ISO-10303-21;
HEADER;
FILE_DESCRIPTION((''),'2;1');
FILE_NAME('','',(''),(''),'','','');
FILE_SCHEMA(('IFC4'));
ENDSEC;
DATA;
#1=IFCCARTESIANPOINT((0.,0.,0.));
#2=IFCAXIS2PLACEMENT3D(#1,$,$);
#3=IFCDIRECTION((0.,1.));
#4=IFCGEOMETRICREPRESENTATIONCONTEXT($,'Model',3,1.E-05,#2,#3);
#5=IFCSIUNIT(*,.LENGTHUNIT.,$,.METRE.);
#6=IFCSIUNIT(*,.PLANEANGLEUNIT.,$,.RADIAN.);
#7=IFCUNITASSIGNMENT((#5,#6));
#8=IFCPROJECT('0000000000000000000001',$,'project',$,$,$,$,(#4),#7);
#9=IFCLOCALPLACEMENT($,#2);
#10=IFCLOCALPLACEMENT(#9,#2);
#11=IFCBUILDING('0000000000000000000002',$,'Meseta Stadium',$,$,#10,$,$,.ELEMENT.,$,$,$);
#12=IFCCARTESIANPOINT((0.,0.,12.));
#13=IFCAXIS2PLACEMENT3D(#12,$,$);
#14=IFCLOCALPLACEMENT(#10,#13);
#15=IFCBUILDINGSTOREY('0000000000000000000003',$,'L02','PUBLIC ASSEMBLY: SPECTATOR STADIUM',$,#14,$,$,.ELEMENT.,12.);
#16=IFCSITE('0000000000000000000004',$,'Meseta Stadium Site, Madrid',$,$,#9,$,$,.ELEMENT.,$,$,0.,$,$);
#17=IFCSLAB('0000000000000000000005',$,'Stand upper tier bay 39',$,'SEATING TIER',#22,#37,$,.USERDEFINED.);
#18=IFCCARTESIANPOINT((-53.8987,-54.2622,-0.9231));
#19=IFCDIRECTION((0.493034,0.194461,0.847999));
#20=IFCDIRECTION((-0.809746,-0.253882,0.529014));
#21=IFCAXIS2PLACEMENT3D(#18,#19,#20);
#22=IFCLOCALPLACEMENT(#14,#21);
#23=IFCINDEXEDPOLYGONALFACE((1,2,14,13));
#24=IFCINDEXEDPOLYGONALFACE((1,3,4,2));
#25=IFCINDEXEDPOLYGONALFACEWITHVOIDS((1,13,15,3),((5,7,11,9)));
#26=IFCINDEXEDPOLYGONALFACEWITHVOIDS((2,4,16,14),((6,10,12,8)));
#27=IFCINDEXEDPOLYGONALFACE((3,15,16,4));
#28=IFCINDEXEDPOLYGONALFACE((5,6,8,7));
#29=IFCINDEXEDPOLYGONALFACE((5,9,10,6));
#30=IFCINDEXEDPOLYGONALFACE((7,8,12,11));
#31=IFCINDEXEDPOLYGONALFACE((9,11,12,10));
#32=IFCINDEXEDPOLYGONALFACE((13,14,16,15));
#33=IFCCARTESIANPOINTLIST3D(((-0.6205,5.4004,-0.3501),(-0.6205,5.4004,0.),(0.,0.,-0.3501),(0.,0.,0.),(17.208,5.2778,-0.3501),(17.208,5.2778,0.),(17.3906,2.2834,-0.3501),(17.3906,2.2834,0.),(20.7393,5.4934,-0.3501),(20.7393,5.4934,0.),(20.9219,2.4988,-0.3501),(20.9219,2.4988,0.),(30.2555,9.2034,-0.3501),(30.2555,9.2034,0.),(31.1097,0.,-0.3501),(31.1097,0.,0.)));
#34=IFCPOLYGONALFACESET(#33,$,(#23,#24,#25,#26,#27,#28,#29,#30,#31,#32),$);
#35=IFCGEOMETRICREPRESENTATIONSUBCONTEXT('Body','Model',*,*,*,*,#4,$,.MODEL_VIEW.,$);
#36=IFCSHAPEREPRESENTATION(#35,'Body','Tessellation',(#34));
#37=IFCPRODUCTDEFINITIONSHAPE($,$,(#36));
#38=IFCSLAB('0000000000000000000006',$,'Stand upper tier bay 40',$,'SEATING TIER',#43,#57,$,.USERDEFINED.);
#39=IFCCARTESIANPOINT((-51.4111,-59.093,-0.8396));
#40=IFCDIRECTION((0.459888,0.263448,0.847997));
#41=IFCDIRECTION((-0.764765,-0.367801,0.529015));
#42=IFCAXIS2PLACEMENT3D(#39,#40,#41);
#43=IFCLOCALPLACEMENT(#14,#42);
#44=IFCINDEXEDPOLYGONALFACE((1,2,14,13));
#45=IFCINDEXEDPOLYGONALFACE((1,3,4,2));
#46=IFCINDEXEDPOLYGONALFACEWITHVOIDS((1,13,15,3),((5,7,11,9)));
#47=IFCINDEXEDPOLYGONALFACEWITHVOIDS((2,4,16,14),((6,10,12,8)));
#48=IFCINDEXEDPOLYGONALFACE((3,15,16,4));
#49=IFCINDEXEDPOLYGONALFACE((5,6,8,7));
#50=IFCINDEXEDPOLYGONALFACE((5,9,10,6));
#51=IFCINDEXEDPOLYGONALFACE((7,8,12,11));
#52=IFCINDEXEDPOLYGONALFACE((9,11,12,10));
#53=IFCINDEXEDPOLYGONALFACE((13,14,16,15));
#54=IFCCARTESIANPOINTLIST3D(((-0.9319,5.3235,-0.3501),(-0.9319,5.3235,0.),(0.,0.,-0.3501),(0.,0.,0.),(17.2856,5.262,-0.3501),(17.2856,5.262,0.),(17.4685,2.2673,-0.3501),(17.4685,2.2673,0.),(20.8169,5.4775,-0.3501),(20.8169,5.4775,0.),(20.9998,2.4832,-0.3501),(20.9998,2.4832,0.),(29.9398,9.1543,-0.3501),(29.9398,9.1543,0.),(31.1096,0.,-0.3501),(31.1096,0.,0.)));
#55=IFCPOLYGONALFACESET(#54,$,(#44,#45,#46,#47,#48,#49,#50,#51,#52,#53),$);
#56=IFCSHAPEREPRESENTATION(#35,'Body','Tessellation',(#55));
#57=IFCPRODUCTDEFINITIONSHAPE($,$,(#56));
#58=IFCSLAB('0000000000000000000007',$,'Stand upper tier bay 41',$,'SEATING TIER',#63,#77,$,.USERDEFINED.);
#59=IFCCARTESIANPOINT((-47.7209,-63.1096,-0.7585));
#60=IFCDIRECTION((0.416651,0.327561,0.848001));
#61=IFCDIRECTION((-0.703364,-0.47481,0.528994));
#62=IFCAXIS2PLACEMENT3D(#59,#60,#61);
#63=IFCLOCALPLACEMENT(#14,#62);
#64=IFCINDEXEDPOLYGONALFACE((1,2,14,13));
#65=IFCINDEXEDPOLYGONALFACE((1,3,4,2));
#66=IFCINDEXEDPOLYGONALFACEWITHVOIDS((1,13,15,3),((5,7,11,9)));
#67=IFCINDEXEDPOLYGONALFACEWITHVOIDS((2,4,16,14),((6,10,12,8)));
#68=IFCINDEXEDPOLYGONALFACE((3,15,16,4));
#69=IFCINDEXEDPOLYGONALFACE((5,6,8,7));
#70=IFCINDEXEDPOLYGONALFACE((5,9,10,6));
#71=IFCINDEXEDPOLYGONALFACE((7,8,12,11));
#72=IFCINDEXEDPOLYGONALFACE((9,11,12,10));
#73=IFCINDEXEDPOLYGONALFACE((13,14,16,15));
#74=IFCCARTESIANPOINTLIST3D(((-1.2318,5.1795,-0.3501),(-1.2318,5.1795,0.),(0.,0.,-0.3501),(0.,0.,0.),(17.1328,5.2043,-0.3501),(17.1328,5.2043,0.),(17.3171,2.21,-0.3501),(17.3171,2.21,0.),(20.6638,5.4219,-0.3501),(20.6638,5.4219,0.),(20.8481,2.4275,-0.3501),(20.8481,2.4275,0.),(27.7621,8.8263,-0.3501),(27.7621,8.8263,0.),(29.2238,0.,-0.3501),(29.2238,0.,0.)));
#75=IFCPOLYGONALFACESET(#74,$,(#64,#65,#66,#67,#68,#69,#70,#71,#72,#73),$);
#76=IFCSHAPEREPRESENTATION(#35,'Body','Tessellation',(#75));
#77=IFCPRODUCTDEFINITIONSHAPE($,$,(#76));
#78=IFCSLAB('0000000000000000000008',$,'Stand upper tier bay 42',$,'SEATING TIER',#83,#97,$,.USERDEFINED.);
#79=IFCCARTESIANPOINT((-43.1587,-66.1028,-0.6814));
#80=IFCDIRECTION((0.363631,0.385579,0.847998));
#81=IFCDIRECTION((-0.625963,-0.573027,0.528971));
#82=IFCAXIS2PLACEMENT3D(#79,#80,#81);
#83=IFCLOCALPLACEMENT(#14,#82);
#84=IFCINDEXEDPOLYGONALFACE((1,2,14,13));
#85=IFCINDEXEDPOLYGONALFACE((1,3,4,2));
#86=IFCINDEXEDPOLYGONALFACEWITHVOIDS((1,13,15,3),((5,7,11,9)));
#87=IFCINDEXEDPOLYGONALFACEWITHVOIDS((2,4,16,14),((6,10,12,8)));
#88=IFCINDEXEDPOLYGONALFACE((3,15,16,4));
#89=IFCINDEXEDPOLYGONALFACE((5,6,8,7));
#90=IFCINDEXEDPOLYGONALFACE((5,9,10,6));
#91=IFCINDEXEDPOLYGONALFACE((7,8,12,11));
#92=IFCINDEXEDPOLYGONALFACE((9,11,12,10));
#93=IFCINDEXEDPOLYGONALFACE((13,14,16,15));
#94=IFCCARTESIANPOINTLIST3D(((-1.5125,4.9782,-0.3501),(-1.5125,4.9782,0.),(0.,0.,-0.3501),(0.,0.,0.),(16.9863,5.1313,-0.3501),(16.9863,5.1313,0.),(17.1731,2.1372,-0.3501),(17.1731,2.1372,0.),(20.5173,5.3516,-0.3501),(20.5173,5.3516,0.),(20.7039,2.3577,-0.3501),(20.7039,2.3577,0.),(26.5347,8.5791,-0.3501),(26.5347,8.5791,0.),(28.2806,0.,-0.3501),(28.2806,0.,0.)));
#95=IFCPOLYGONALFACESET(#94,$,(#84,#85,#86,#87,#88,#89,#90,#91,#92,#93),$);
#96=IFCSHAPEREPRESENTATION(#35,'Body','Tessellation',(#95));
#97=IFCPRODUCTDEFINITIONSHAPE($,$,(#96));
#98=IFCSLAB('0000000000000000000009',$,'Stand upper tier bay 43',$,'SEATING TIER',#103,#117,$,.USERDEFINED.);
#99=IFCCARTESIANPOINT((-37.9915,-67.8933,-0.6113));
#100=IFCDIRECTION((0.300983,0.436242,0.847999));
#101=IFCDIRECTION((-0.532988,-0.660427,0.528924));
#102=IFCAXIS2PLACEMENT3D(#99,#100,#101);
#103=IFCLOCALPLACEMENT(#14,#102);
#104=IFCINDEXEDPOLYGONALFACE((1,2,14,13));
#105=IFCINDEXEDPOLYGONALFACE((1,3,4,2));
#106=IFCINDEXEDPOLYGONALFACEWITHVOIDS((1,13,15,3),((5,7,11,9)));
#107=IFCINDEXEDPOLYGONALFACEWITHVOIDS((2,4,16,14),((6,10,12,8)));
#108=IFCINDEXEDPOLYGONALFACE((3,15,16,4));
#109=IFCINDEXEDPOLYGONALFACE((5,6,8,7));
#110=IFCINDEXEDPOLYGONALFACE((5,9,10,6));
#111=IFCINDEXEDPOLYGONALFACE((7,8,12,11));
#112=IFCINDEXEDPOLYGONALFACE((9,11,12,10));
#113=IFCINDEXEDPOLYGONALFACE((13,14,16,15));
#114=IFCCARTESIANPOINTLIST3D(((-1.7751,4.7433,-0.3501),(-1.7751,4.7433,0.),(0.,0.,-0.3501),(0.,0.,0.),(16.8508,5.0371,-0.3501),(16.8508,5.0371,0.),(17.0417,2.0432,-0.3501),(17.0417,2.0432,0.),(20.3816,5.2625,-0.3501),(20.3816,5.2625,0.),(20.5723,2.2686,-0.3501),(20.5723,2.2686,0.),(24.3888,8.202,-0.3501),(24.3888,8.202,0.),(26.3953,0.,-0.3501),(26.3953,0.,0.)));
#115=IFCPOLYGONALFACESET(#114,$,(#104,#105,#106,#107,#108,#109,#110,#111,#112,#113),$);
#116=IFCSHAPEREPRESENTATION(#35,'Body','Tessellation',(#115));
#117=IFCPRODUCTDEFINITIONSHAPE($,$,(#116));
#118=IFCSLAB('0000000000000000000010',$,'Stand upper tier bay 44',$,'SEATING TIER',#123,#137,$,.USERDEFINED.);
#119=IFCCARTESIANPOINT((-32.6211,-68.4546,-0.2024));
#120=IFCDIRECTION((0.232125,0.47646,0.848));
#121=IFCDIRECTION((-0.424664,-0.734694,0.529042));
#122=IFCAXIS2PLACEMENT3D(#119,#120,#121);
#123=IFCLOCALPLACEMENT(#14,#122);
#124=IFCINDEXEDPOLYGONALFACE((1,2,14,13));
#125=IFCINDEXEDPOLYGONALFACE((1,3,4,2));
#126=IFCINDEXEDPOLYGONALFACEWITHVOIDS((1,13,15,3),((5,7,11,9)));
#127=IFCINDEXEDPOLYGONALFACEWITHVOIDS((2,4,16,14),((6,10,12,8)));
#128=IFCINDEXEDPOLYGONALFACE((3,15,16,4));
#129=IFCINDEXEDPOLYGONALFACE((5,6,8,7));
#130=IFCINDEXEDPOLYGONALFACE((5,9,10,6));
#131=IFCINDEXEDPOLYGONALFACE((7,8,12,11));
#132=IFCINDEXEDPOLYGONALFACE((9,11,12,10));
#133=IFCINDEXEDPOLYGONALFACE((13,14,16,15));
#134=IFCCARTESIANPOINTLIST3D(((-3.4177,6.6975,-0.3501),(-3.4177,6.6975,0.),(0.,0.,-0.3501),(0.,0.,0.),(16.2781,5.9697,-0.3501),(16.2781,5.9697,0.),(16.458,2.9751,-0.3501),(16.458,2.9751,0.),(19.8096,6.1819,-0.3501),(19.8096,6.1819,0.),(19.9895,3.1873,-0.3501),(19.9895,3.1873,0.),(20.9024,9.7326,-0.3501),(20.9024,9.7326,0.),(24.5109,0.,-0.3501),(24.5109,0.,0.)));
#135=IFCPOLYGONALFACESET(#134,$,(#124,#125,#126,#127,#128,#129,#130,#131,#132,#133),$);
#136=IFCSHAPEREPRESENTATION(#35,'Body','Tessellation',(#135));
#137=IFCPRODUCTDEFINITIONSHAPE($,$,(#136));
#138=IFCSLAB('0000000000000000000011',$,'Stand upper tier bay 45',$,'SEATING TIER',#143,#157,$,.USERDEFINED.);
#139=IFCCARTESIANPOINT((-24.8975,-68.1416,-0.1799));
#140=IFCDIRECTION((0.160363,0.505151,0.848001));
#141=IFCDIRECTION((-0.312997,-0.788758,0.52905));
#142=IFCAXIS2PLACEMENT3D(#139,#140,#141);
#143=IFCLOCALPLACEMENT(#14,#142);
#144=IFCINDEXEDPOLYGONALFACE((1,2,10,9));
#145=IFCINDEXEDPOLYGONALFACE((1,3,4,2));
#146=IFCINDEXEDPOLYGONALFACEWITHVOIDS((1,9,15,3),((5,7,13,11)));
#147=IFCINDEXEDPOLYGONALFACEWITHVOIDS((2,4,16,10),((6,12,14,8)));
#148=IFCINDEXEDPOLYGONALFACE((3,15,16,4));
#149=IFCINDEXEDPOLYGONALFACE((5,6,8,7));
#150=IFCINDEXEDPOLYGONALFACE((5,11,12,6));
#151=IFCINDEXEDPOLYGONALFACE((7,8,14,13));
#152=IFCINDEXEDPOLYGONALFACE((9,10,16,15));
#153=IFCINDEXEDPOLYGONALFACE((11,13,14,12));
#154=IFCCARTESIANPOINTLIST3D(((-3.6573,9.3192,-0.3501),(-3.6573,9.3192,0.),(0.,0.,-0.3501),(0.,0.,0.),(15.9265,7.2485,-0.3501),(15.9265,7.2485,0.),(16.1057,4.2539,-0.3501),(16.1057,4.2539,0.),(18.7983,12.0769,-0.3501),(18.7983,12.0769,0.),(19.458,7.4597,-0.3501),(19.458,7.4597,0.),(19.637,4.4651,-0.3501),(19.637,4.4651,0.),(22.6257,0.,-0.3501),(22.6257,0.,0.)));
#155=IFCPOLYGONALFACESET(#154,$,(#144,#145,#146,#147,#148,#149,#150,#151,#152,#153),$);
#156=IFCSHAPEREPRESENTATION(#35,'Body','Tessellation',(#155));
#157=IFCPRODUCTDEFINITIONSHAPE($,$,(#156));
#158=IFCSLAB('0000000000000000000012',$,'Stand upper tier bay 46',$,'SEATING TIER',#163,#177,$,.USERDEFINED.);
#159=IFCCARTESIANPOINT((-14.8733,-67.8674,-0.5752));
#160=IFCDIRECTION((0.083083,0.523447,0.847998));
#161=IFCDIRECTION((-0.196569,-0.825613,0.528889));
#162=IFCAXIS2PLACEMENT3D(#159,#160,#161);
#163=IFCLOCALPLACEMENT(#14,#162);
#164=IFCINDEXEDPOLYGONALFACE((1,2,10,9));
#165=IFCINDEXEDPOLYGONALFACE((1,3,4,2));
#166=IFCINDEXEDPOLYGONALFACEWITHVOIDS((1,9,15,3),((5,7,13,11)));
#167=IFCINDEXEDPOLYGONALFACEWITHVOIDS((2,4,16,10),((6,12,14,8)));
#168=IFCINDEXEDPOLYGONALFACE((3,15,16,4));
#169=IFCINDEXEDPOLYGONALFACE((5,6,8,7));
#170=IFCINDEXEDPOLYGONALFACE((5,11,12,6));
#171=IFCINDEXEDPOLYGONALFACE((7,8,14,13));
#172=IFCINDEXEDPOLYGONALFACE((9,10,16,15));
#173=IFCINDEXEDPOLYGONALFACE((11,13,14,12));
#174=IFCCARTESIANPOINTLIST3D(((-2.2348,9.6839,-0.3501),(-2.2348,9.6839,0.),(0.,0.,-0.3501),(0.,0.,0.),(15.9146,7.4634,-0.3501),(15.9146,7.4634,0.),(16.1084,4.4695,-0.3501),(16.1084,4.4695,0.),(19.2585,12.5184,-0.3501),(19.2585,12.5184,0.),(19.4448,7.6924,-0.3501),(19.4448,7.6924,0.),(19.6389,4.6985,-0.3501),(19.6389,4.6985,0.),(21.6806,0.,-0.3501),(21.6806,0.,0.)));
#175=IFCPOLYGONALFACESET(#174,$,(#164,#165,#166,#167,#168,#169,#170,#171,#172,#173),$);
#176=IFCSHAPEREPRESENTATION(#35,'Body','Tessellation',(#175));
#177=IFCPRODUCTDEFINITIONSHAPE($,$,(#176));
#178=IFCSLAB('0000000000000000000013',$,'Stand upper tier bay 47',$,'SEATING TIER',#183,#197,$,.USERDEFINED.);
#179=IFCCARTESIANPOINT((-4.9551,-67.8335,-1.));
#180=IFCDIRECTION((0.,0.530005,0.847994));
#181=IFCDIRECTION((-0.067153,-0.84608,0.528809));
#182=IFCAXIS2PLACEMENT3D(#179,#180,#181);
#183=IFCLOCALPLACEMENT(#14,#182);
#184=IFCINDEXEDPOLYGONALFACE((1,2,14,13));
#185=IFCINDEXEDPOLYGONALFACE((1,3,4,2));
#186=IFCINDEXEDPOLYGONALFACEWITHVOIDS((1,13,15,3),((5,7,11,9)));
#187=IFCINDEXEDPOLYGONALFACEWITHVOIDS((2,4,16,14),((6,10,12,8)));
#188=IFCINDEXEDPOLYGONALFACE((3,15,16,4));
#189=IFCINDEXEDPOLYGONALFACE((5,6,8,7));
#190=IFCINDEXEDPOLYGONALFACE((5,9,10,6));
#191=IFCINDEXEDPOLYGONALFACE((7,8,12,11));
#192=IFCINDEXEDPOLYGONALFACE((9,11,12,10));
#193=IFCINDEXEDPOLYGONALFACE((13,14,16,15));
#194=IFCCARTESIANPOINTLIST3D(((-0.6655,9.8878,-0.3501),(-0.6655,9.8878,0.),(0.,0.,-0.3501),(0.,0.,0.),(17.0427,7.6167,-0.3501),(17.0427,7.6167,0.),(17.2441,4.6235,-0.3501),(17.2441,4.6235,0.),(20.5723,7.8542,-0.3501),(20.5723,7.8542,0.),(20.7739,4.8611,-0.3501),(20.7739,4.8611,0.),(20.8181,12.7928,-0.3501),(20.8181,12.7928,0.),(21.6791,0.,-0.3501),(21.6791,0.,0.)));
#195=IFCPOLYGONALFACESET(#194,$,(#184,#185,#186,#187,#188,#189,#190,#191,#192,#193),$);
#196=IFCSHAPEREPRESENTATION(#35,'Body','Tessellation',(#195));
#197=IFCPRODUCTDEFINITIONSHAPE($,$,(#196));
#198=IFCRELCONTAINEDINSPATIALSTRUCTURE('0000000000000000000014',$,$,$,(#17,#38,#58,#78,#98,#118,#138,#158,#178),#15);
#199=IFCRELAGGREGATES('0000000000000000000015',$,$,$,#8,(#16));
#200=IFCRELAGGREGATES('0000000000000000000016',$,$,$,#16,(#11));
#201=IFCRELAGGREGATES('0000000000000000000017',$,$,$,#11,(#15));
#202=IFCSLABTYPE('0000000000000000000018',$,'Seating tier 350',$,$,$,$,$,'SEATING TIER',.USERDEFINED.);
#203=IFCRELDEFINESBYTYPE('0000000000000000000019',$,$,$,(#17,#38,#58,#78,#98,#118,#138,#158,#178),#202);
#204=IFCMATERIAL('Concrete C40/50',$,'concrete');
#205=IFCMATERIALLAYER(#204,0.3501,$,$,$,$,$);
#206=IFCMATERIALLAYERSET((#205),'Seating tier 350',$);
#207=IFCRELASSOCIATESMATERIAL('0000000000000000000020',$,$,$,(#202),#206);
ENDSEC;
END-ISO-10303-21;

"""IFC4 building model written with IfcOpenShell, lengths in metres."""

from ifc_helpers import new_model, si_unit, direction, frame, origin, place, context, subcontext, project, spatial, polyline, outline, extrude, material, layer, layer_set, type_object, element, save


model = new_model("IFC4")

# Units and contexts
model_context = context("Model", 3, precision=1e-05, world=origin(), true_north=direction((0.0, 1.0)))
body_context = subcontext(model_context, "Body", "Model", "MODEL_VIEW")
ifc_project = project(units=[si_unit("LENGTHUNIT", "METRE"), si_unit("PLANEANGLEUNIT", "RADIAN")], contexts=[model_context])

# Site, building, storey
site_placement = place(None, origin())
site = spatial("IfcSite", under=ifc_project, at=site_placement, Name="Meseta Stadium Site, Madrid", CompositionType="ELEMENT", RefElevation=0.0)
building_placement = place(site_placement, origin())
building = spatial("IfcBuilding", under=site, at=building_placement, Name="Meseta Stadium", CompositionType="ELEMENT")
storey_placement = place(building_placement, frame((0.0, 0.0, 12.0)))
storey = spatial("IfcBuildingStorey", under=building, at=storey_placement, Name="L02", Description="PUBLIC ASSEMBLY: SPECTATOR STADIUM", CompositionType="ELEMENT", Elevation=12.0)

# Slabs
ifc_material_1 = material(Name="Concrete C40/50", Category="concrete")
ifc_layer_1 = layer(ifc_material_1, 0.3501)
ifc_layer_set_1 = layer_set([ifc_layer_1], Name="Seating tier 350")
slab_type = type_object("IfcSlabType", Name="Seating tier 350", ElementType="SEATING TIER", PredefinedType="USERDEFINED", material=ifc_layer_set_1)
slab_1_placement = place(storey_placement, frame((-53.8987, -54.2622, -0.9231), z_axis=(0.493034, 0.194461, 0.847999), x_axis=(-0.809746, -0.253882, 0.529014)))
element("IfcSlab", 1, at=slab_1_placement, inside=storey, type_object=slab_type, Name="Stand upper tier bay 39", ObjectType="SEATING TIER", PredefinedType="USERDEFINED", context=body_context, shape_type="SweptSolid", body=[
    extrude(outline(polyline([(0.0, 0.0), (31.1097, 0.0), (30.2555, 9.2034), (-0.6205, 5.4004), (0.0, 0.0)]), holes=[polyline([(17.3906, 2.2834), (20.9219, 2.4988), (20.7393, 5.4934), (17.208, 5.2778), (17.3906, 2.2834)])]), origin(), (0.0, 0.0, -1.0), 0.3501),
])
slab_2_placement = place(storey_placement, frame((-51.4111, -59.093, -0.8396), z_axis=(0.459888, 0.263448, 0.847997), x_axis=(-0.764765, -0.367801, 0.529015)))
element("IfcSlab", 2, at=slab_2_placement, inside=storey, type_object=slab_type, Name="Stand upper tier bay 40", ObjectType="SEATING TIER", PredefinedType="USERDEFINED", context=body_context, shape_type="SweptSolid", body=[
    extrude(outline(polyline([(0.0, 0.0), (31.1096, 0.0), (29.9398, 9.1543), (-0.9319, 5.3235), (0.0, 0.0)]), holes=[polyline([(17.4685, 2.2673), (20.9998, 2.4832), (20.8169, 5.4775), (17.2856, 5.262), (17.4685, 2.2673)])]), origin(), (0.0, 0.0, -1.0), 0.3501),
])
slab_3_placement = place(storey_placement, frame((-47.7209, -63.1096, -0.7585), z_axis=(0.416651, 0.327561, 0.848001), x_axis=(-0.703364, -0.47481, 0.528994)))
element("IfcSlab", 3, at=slab_3_placement, inside=storey, type_object=slab_type, Name="Stand upper tier bay 41", ObjectType="SEATING TIER", PredefinedType="USERDEFINED", context=body_context, shape_type="SweptSolid", body=[
    extrude(outline(polyline([(0.0, 0.0), (29.2238, 0.0), (27.7621, 8.8263), (-1.2318, 5.1795), (0.0, 0.0)]), holes=[polyline([(17.3171, 2.21), (20.8481, 2.4275), (20.6638, 5.4219), (17.1328, 5.2043), (17.3171, 2.21)])]), origin(), (0.0, 0.0, -1.0), 0.3501),
])
slab_4_placement = place(storey_placement, frame((-43.1587, -66.1028, -0.6814), z_axis=(0.363631, 0.385579, 0.847998), x_axis=(-0.625963, -0.573027, 0.528971)))
element("IfcSlab", 4, at=slab_4_placement, inside=storey, type_object=slab_type, Name="Stand upper tier bay 42", ObjectType="SEATING TIER", PredefinedType="USERDEFINED", context=body_context, shape_type="SweptSolid", body=[
    extrude(outline(polyline([(0.0, 0.0), (28.2806, 0.0), (26.5347, 8.5791), (-1.5125, 4.9782), (0.0, 0.0)]), holes=[polyline([(17.1731, 2.1372), (20.7039, 2.3577), (20.5173, 5.3516), (16.9863, 5.1313), (17.1731, 2.1372)])]), origin(), (0.0, 0.0, -1.0), 0.3501),
])
slab_5_placement = place(storey_placement, frame((-37.9915, -67.8933, -0.6113), z_axis=(0.300983, 0.436242, 0.847999), x_axis=(-0.532988, -0.660427, 0.528924)))
element("IfcSlab", 5, at=slab_5_placement, inside=storey, type_object=slab_type, Name="Stand upper tier bay 43", ObjectType="SEATING TIER", PredefinedType="USERDEFINED", context=body_context, shape_type="SweptSolid", body=[
    extrude(outline(polyline([(0.0, 0.0), (26.3953, 0.0), (24.3888, 8.202), (-1.7751, 4.7433), (0.0, 0.0)]), holes=[polyline([(17.0417, 2.0432), (20.5723, 2.2686), (20.3816, 5.2625), (16.8508, 5.0371), (17.0417, 2.0432)])]), origin(), (0.0, 0.0, -1.0), 0.3501),
])
slab_6_placement = place(storey_placement, frame((-32.6211, -68.4546, -0.2024), z_axis=(0.232125, 0.47646, 0.848), x_axis=(-0.424664, -0.734694, 0.529042)))
element("IfcSlab", 6, at=slab_6_placement, inside=storey, type_object=slab_type, Name="Stand upper tier bay 44", ObjectType="SEATING TIER", PredefinedType="USERDEFINED", context=body_context, shape_type="SweptSolid", body=[
    extrude(outline(polyline([(0.0, 0.0), (24.5109, 0.0), (20.9024, 9.7326), (-3.4177, 6.6975), (0.0, 0.0)]), holes=[polyline([(16.458, 2.9751), (19.9895, 3.1873), (19.8096, 6.1819), (16.2781, 5.9697), (16.458, 2.9751)])]), origin(), (0.0, 0.0, -1.0), 0.3501),
])
slab_7_placement = place(storey_placement, frame((-24.8975, -68.1416, -0.1799), z_axis=(0.160363, 0.505151, 0.848001), x_axis=(-0.312997, -0.788758, 0.52905)))
element("IfcSlab", 7, at=slab_7_placement, inside=storey, type_object=slab_type, Name="Stand upper tier bay 45", ObjectType="SEATING TIER", PredefinedType="USERDEFINED", context=body_context, shape_type="SweptSolid", body=[
    extrude(outline(polyline([(0.0, 0.0), (22.6257, 0.0), (18.7983, 12.0769), (-3.6573, 9.3192), (0.0, 0.0)]), holes=[polyline([(16.1057, 4.2539), (19.637, 4.4651), (19.458, 7.4597), (15.9265, 7.2485), (16.1057, 4.2539)])]), origin(), (0.0, 0.0, -1.0), 0.3501),
])
slab_8_placement = place(storey_placement, frame((-14.8733, -67.8674, -0.5752), z_axis=(0.083083, 0.523447, 0.847998), x_axis=(-0.196569, -0.825613, 0.528889)))
element("IfcSlab", 8, at=slab_8_placement, inside=storey, type_object=slab_type, Name="Stand upper tier bay 46", ObjectType="SEATING TIER", PredefinedType="USERDEFINED", context=body_context, shape_type="SweptSolid", body=[
    extrude(outline(polyline([(0.0, 0.0), (21.6806, 0.0), (19.2585, 12.5184), (-2.2348, 9.6839), (0.0, 0.0)]), holes=[polyline([(16.1084, 4.4695), (19.6389, 4.6985), (19.4448, 7.6924), (15.9146, 7.4634), (16.1084, 4.4695)])]), origin(), (0.0, 0.0, -1.0), 0.3501),
])
slab_9_placement = place(storey_placement, frame((-4.9551, -67.8335, -1.0), z_axis=(0.0, 0.530005, 0.847994), x_axis=(-0.067153, -0.84608, 0.528809)))
element("IfcSlab", 9, at=slab_9_placement, inside=storey, type_object=slab_type, Name="Stand upper tier bay 47", ObjectType="SEATING TIER", PredefinedType="USERDEFINED", context=body_context, shape_type="SweptSolid", body=[
    extrude(outline(polyline([(0.0, 0.0), (21.6791, 0.0), (20.8181, 12.7928), (-0.6655, 9.8878), (0.0, 0.0)]), holes=[polyline([(17.2441, 4.6235), (20.7739, 4.8611), (20.5723, 7.8542), (17.0427, 7.6167), (17.2441, 4.6235)])]), origin(), (0.0, 0.0, -1.0), 0.3501),
])

save(model, "model.ifc")
